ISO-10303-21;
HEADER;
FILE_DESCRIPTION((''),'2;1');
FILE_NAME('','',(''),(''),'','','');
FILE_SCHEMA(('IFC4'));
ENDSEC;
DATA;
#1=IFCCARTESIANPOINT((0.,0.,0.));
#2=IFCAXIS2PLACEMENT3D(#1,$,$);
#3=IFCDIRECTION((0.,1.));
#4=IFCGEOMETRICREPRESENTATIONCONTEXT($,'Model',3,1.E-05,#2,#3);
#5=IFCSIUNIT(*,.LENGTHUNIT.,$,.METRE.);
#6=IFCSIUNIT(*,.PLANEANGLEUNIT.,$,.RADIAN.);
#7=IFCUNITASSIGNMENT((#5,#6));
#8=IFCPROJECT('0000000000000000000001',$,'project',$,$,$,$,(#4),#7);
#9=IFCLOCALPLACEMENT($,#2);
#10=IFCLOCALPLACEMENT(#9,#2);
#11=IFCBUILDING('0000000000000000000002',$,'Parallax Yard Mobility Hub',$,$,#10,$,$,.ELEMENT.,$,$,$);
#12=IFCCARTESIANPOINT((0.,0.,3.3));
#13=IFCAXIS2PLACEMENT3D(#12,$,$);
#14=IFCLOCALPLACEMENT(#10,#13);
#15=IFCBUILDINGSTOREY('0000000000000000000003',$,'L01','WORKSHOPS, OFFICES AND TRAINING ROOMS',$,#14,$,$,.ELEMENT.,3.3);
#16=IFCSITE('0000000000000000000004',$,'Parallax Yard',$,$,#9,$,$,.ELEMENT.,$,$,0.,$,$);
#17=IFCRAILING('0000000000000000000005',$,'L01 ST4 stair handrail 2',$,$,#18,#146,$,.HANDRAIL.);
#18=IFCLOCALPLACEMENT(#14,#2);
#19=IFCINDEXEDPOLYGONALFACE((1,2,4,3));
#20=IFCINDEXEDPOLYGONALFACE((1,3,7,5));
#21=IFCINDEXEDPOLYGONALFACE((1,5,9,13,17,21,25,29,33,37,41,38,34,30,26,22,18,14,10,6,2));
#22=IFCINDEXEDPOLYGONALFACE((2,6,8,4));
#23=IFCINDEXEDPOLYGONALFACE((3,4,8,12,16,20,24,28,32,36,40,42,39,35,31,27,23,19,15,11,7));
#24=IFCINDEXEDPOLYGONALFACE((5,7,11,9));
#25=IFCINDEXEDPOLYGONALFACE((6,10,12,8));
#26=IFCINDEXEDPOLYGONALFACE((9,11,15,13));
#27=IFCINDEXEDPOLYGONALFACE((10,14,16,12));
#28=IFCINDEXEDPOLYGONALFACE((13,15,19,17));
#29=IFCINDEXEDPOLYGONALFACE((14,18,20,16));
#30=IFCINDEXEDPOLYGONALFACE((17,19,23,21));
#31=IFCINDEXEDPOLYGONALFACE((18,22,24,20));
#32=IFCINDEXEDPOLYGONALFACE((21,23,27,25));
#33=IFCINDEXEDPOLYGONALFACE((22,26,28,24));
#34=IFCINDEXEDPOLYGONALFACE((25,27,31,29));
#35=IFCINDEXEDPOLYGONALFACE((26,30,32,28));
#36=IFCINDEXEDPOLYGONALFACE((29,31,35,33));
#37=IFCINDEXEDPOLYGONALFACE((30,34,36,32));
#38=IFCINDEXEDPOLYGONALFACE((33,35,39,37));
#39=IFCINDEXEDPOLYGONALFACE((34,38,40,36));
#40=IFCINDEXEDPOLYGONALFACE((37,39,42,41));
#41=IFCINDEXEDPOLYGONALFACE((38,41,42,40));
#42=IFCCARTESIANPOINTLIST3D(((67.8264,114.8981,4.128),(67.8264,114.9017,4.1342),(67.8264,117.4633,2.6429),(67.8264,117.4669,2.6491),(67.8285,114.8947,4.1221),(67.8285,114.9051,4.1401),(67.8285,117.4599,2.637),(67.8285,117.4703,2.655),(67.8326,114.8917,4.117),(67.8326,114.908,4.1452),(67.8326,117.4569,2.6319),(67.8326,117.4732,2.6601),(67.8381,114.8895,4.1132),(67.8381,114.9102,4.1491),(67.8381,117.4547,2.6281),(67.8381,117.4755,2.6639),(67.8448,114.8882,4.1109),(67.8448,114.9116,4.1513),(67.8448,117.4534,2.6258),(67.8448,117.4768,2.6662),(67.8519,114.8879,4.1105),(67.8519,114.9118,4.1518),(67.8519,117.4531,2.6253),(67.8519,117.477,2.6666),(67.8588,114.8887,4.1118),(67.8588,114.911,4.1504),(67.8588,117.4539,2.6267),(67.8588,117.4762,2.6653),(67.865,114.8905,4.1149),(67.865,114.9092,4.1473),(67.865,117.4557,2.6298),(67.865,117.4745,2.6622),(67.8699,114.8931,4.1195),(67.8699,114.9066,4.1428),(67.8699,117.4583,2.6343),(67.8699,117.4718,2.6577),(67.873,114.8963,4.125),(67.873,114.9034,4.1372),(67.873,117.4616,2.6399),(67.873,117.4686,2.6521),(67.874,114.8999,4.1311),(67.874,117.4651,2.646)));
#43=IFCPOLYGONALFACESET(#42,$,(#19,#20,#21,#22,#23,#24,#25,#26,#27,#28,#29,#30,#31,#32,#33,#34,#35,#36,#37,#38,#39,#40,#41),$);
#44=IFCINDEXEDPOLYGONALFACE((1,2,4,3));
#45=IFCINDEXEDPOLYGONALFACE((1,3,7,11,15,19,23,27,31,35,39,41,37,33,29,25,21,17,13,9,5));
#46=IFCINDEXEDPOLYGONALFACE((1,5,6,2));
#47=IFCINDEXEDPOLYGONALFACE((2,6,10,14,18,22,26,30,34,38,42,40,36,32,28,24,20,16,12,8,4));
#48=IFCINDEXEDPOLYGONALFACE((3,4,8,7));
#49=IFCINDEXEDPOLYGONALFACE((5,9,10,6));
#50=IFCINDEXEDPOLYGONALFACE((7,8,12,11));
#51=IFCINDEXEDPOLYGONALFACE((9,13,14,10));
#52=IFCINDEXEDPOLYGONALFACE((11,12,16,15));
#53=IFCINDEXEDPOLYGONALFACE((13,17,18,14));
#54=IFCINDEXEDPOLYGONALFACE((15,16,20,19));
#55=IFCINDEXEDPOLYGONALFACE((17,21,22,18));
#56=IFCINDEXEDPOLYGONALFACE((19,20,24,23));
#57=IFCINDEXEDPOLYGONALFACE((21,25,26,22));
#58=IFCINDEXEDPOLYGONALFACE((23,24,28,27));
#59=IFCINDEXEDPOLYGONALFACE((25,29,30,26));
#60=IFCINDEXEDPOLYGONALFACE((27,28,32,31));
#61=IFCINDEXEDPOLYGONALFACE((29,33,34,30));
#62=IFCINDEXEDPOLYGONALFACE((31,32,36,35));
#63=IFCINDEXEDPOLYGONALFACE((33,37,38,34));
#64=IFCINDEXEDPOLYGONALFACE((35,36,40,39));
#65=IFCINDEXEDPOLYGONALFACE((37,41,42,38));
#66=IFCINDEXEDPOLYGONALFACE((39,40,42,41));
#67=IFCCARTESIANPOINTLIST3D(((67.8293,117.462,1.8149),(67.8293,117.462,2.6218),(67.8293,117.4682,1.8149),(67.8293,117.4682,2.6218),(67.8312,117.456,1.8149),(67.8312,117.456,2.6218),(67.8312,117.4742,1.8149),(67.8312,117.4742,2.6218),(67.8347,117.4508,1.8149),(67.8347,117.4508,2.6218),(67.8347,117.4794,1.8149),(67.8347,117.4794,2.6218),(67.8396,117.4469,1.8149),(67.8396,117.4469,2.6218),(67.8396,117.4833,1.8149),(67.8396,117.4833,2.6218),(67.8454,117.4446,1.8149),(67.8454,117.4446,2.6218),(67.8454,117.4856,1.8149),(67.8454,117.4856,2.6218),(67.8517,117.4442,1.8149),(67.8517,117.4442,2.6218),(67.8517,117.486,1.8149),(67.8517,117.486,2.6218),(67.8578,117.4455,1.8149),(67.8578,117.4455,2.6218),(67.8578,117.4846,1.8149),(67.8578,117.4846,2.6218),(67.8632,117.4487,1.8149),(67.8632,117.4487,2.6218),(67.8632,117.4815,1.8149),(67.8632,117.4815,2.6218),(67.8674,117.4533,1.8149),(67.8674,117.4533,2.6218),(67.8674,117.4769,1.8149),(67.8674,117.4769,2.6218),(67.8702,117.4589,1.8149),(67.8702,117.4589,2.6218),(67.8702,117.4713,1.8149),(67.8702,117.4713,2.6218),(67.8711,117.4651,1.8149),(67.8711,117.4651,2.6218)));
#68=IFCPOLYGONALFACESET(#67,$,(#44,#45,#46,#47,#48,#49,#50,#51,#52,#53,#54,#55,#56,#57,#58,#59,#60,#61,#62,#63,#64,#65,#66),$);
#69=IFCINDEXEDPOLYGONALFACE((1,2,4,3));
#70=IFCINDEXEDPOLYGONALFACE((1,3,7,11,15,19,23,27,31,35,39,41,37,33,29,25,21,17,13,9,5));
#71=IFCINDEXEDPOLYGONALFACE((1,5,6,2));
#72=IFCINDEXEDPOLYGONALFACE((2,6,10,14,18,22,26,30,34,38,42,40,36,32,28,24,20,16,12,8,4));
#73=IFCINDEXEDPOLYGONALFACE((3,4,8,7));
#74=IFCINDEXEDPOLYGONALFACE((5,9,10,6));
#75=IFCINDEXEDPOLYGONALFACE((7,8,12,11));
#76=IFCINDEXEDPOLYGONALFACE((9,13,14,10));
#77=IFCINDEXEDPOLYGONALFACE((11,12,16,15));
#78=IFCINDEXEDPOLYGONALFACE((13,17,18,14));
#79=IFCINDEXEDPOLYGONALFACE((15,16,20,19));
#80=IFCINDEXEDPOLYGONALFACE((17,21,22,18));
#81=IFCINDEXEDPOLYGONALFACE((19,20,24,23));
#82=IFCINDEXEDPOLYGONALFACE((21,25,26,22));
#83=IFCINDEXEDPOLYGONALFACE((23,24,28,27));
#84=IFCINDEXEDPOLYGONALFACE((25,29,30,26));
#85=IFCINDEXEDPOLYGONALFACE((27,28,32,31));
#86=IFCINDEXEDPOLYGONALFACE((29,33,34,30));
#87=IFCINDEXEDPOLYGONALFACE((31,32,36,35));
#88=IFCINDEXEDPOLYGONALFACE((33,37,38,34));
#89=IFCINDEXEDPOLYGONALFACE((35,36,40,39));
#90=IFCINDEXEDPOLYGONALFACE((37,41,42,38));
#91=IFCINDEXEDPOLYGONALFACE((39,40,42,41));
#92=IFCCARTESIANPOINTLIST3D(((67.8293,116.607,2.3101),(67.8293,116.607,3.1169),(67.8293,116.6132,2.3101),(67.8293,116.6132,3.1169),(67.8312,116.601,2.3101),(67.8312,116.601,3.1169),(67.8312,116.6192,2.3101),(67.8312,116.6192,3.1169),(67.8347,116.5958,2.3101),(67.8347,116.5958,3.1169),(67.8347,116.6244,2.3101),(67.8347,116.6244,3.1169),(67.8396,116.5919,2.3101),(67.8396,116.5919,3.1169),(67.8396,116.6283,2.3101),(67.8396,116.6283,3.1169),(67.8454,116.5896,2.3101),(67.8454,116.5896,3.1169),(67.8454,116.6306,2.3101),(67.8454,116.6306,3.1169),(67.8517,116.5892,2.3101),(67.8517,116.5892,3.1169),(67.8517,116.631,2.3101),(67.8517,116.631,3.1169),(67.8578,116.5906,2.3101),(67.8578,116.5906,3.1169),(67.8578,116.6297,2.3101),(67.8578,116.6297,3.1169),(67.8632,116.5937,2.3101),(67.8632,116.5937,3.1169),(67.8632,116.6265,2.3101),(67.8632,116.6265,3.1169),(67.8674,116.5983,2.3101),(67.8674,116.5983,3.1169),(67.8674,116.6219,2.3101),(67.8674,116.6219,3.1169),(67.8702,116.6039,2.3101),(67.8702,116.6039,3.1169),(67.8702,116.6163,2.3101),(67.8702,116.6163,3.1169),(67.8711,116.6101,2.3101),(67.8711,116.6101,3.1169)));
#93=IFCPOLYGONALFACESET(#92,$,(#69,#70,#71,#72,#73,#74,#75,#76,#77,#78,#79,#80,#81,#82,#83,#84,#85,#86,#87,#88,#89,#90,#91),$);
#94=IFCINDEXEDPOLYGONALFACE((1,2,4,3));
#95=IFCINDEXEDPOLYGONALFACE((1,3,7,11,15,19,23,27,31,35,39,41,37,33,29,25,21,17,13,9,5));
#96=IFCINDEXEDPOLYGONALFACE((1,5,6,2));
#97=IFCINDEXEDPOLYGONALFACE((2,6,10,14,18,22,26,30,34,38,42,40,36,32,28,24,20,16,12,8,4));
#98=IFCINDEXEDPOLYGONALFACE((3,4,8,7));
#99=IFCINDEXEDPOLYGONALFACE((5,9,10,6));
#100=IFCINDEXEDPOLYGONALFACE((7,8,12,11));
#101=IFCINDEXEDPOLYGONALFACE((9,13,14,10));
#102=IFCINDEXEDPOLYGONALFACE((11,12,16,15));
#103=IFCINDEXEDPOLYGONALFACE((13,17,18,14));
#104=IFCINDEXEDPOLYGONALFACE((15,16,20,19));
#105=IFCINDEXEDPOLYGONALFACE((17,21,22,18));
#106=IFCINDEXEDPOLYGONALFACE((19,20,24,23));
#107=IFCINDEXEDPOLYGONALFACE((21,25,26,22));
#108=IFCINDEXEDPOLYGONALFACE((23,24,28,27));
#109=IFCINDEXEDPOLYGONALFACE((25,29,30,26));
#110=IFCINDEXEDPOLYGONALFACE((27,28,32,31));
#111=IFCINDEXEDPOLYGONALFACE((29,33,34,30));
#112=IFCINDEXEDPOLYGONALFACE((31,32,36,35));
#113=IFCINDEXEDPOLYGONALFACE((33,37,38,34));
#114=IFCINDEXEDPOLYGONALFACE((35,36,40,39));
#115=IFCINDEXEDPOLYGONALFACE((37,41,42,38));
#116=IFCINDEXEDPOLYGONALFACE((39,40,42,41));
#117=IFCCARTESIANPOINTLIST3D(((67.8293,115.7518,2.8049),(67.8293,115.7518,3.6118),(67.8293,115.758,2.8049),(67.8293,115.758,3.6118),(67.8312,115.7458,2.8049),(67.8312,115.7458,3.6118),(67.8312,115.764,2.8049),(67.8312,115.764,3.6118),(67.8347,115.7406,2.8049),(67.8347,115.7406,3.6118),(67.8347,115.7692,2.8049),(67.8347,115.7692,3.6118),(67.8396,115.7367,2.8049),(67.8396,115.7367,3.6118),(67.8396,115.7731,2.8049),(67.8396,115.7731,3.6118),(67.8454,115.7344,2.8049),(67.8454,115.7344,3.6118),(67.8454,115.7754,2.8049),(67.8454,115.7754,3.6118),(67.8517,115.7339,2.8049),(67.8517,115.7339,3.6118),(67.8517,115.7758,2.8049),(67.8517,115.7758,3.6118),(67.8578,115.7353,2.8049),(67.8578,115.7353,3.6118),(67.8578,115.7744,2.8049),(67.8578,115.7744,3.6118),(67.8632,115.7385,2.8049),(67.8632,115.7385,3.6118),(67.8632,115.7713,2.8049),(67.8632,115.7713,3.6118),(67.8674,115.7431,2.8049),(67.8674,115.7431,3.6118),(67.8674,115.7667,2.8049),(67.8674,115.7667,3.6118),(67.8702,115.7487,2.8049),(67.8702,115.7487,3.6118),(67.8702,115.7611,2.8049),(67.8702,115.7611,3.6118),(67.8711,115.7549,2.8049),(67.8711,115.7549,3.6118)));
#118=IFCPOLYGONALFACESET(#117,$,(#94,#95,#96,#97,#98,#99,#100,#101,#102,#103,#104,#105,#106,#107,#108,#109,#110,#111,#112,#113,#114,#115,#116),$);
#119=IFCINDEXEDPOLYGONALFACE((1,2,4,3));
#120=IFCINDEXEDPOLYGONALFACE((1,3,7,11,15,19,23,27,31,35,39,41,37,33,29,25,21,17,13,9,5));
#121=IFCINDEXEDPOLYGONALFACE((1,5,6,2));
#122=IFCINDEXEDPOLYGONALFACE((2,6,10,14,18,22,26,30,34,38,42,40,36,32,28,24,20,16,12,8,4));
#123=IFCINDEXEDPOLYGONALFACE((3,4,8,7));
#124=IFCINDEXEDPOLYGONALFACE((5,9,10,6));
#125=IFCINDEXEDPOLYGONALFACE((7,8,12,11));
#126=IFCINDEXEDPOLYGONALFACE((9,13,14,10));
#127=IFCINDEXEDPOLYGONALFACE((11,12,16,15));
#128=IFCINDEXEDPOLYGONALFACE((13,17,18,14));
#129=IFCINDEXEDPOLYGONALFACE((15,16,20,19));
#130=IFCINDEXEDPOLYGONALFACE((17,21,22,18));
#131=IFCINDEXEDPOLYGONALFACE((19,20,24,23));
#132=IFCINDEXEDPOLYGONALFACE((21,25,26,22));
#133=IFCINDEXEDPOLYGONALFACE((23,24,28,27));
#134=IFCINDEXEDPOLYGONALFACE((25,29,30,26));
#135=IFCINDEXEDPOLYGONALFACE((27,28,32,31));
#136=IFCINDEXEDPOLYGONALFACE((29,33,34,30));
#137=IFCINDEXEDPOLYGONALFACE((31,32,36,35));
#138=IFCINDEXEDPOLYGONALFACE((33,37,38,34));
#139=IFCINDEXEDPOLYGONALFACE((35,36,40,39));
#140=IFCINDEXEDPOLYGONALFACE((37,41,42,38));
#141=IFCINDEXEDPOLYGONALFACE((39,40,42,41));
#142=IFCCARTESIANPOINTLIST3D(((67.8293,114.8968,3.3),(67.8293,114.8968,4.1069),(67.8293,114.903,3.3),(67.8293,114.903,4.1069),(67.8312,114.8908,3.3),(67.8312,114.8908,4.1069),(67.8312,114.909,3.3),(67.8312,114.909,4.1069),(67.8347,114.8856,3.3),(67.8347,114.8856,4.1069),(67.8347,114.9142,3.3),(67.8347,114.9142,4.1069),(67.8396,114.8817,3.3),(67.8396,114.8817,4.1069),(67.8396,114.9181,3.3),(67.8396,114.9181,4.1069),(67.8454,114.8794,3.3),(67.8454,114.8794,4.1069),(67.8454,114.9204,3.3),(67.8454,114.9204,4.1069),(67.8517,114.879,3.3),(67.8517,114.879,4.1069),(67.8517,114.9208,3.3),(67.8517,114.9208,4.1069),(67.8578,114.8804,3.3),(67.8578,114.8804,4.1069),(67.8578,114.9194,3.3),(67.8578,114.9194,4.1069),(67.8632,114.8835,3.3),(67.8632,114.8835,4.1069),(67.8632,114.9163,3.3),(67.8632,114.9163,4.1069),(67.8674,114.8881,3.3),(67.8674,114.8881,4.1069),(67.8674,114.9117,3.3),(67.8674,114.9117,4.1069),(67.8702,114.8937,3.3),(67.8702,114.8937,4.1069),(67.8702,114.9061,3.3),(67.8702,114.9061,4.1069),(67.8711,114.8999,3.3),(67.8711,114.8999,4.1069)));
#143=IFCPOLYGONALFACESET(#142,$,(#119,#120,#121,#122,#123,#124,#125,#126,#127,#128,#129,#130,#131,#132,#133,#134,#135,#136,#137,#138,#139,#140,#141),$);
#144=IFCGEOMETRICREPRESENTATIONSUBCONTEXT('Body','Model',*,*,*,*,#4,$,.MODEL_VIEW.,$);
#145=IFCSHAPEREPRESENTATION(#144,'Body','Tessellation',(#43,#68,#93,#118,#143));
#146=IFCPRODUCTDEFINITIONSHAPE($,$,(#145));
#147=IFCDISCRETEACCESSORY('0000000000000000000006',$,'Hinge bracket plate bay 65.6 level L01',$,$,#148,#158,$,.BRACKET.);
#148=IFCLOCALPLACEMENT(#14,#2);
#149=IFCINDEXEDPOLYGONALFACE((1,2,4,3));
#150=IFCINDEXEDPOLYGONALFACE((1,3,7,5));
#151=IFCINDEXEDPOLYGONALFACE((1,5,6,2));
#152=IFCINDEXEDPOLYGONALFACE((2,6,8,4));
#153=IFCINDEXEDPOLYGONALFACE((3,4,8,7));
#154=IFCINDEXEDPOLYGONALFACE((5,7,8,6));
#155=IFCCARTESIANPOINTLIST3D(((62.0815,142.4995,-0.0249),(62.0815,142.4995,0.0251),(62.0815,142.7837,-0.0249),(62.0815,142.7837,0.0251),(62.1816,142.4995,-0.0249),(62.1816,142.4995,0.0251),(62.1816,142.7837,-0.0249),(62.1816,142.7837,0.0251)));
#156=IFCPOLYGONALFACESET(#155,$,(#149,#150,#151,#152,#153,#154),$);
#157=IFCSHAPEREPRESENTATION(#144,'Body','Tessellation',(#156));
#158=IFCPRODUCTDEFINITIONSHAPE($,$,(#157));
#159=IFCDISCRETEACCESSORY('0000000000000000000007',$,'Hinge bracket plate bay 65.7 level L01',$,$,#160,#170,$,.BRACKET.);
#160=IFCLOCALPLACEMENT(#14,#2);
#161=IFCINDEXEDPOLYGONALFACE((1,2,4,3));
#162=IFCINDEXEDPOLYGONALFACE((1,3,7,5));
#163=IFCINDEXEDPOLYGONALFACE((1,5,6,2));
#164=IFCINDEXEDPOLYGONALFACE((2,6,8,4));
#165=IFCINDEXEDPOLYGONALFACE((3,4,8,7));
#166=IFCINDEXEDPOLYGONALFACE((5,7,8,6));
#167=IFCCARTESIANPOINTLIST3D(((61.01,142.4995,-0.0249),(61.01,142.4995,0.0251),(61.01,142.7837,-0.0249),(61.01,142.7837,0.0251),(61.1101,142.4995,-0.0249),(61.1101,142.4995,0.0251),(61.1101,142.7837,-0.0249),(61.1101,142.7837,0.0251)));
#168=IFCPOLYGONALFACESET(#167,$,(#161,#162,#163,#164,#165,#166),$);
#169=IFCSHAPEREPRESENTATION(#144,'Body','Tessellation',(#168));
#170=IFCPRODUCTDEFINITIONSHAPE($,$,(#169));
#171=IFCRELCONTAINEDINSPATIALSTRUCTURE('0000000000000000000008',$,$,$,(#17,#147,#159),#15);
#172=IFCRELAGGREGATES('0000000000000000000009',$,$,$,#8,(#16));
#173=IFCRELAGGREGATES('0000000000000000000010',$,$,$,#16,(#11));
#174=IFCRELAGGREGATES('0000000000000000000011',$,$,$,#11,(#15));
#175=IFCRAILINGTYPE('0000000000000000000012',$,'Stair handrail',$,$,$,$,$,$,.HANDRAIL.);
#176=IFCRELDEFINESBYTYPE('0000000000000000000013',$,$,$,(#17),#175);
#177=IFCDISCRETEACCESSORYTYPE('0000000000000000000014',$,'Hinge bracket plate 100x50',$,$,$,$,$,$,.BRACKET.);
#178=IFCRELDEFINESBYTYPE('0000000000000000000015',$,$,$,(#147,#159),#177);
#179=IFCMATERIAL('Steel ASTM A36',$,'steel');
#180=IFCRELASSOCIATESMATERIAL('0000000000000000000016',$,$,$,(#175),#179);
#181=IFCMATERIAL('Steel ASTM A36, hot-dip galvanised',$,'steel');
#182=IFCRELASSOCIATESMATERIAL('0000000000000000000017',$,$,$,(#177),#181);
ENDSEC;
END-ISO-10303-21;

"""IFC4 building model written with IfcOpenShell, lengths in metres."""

from ifc_helpers import new_model, si_unit, direction, frame, origin, origin_2d, place, context, subcontext, project, spatial, rectangle, circle, extrude, material, type_object, element, save


model = new_model("IFC4")

# Units and contexts
model_context = context("Model", 3, precision=1e-05, world=origin(), true_north=direction((0.0, 1.0)))
body_context = subcontext(model_context, "Body", "Model", "MODEL_VIEW")
ifc_project = project(units=[si_unit("LENGTHUNIT", "METRE"), si_unit("PLANEANGLEUNIT", "RADIAN")], contexts=[model_context])

# Site, building, storey
site_placement = place(None, origin())
site = spatial("IfcSite", under=ifc_project, at=site_placement, Name="Parallax Yard", CompositionType="ELEMENT", RefElevation=0.0)
building_placement = place(site_placement, origin())
building = spatial("IfcBuilding", under=site, at=building_placement, Name="Parallax Yard Mobility Hub", CompositionType="ELEMENT")
storey_placement = place(building_placement, frame((0.0, 0.0, 3.3)))
storey = spatial("IfcBuildingStorey", under=building, at=storey_placement, Name="L01", Description="WORKSHOPS, OFFICES AND TRAINING ROOMS", CompositionType="ELEMENT", Elevation=3.3)

# Railing
ifc_material_1 = material(Name="Steel ASTM A36", Category="steel")
railing_type_1 = type_object("IfcRailingType", Name="Stair handrail", PredefinedType="HANDRAIL", material=ifc_material_1)
railing_1_placement = place(storey_placement, frame((67.8501, 117.4651, 1.8149)))
element("IfcRailing", 1, at=railing_1_placement, inside=storey, type_object=railing_type_1, Name="L01 ST4 stair handrail 2", PredefinedType="HANDRAIL", context=body_context, shape_type="SweptSolid", body=[
    extrude(circle(Radius=0.0239, at=origin_2d()), frame((0.0, 0.0, 0.8311), z_axis=(0.0, -0.865426, 0.501036), x_axis=(1.0, 0.0, 0.0)), (0.0, 0.0, 1.0), 2.9641),
    extrude(circle(Radius=0.021, at=origin_2d()), origin(), (0.0, 0.0, 1.0), 0.8069),
    extrude(circle(Radius=0.021, at=origin_2d()), frame((0.0, -0.855, 0.4951)), (0.0, 0.0, 1.0), 0.8069),
    extrude(circle(Radius=0.021, at=origin_2d()), frame((0.0, -1.7102, 0.99)), (0.0, 0.0, 1.0), 0.8069),
    extrude(circle(Radius=0.021, at=origin_2d()), frame((0.0, -2.5652, 1.4851)), (0.0, 0.0, 1.0), 0.8069),
])

# Discrete accessories
ifc_material_2 = material(Name="Steel ASTM A36, hot-dip galvanised", Category="steel")
discrete_accessory_type = type_object("IfcDiscreteAccessoryType", Name="Hinge bracket plate 100x50", PredefinedType="BRACKET", material=ifc_material_2)
for number, where, z_axis, x_axis, name in (
    (2, (62.1316, 142.6416, -0.0249), (0.0, 0.0, 1.0), (0.0, 1.0, 0.0), "Hinge bracket plate bay 65.6 level L01"),
    (3, (61.0601, 142.6416, -0.0249), (0.0, 0.0, 1.0), (0.0, 1.0, 0.0), "Hinge bracket plate bay 65.7 level L01"),
):
    element("IfcDiscreteAccessory", number, at=place(storey_placement, frame(where, z_axis=z_axis, x_axis=x_axis)), inside=storey, type_object=discrete_accessory_type, Name=name, PredefinedType="BRACKET", context=body_context, shape_type="SweptSolid", body=[
        extrude(rectangle(XDim=0.2842, YDim=0.1001, at=origin_2d()), origin(), (0.0, 0.0, 1.0), 0.05),
    ])

save(model, "model.ifc")
